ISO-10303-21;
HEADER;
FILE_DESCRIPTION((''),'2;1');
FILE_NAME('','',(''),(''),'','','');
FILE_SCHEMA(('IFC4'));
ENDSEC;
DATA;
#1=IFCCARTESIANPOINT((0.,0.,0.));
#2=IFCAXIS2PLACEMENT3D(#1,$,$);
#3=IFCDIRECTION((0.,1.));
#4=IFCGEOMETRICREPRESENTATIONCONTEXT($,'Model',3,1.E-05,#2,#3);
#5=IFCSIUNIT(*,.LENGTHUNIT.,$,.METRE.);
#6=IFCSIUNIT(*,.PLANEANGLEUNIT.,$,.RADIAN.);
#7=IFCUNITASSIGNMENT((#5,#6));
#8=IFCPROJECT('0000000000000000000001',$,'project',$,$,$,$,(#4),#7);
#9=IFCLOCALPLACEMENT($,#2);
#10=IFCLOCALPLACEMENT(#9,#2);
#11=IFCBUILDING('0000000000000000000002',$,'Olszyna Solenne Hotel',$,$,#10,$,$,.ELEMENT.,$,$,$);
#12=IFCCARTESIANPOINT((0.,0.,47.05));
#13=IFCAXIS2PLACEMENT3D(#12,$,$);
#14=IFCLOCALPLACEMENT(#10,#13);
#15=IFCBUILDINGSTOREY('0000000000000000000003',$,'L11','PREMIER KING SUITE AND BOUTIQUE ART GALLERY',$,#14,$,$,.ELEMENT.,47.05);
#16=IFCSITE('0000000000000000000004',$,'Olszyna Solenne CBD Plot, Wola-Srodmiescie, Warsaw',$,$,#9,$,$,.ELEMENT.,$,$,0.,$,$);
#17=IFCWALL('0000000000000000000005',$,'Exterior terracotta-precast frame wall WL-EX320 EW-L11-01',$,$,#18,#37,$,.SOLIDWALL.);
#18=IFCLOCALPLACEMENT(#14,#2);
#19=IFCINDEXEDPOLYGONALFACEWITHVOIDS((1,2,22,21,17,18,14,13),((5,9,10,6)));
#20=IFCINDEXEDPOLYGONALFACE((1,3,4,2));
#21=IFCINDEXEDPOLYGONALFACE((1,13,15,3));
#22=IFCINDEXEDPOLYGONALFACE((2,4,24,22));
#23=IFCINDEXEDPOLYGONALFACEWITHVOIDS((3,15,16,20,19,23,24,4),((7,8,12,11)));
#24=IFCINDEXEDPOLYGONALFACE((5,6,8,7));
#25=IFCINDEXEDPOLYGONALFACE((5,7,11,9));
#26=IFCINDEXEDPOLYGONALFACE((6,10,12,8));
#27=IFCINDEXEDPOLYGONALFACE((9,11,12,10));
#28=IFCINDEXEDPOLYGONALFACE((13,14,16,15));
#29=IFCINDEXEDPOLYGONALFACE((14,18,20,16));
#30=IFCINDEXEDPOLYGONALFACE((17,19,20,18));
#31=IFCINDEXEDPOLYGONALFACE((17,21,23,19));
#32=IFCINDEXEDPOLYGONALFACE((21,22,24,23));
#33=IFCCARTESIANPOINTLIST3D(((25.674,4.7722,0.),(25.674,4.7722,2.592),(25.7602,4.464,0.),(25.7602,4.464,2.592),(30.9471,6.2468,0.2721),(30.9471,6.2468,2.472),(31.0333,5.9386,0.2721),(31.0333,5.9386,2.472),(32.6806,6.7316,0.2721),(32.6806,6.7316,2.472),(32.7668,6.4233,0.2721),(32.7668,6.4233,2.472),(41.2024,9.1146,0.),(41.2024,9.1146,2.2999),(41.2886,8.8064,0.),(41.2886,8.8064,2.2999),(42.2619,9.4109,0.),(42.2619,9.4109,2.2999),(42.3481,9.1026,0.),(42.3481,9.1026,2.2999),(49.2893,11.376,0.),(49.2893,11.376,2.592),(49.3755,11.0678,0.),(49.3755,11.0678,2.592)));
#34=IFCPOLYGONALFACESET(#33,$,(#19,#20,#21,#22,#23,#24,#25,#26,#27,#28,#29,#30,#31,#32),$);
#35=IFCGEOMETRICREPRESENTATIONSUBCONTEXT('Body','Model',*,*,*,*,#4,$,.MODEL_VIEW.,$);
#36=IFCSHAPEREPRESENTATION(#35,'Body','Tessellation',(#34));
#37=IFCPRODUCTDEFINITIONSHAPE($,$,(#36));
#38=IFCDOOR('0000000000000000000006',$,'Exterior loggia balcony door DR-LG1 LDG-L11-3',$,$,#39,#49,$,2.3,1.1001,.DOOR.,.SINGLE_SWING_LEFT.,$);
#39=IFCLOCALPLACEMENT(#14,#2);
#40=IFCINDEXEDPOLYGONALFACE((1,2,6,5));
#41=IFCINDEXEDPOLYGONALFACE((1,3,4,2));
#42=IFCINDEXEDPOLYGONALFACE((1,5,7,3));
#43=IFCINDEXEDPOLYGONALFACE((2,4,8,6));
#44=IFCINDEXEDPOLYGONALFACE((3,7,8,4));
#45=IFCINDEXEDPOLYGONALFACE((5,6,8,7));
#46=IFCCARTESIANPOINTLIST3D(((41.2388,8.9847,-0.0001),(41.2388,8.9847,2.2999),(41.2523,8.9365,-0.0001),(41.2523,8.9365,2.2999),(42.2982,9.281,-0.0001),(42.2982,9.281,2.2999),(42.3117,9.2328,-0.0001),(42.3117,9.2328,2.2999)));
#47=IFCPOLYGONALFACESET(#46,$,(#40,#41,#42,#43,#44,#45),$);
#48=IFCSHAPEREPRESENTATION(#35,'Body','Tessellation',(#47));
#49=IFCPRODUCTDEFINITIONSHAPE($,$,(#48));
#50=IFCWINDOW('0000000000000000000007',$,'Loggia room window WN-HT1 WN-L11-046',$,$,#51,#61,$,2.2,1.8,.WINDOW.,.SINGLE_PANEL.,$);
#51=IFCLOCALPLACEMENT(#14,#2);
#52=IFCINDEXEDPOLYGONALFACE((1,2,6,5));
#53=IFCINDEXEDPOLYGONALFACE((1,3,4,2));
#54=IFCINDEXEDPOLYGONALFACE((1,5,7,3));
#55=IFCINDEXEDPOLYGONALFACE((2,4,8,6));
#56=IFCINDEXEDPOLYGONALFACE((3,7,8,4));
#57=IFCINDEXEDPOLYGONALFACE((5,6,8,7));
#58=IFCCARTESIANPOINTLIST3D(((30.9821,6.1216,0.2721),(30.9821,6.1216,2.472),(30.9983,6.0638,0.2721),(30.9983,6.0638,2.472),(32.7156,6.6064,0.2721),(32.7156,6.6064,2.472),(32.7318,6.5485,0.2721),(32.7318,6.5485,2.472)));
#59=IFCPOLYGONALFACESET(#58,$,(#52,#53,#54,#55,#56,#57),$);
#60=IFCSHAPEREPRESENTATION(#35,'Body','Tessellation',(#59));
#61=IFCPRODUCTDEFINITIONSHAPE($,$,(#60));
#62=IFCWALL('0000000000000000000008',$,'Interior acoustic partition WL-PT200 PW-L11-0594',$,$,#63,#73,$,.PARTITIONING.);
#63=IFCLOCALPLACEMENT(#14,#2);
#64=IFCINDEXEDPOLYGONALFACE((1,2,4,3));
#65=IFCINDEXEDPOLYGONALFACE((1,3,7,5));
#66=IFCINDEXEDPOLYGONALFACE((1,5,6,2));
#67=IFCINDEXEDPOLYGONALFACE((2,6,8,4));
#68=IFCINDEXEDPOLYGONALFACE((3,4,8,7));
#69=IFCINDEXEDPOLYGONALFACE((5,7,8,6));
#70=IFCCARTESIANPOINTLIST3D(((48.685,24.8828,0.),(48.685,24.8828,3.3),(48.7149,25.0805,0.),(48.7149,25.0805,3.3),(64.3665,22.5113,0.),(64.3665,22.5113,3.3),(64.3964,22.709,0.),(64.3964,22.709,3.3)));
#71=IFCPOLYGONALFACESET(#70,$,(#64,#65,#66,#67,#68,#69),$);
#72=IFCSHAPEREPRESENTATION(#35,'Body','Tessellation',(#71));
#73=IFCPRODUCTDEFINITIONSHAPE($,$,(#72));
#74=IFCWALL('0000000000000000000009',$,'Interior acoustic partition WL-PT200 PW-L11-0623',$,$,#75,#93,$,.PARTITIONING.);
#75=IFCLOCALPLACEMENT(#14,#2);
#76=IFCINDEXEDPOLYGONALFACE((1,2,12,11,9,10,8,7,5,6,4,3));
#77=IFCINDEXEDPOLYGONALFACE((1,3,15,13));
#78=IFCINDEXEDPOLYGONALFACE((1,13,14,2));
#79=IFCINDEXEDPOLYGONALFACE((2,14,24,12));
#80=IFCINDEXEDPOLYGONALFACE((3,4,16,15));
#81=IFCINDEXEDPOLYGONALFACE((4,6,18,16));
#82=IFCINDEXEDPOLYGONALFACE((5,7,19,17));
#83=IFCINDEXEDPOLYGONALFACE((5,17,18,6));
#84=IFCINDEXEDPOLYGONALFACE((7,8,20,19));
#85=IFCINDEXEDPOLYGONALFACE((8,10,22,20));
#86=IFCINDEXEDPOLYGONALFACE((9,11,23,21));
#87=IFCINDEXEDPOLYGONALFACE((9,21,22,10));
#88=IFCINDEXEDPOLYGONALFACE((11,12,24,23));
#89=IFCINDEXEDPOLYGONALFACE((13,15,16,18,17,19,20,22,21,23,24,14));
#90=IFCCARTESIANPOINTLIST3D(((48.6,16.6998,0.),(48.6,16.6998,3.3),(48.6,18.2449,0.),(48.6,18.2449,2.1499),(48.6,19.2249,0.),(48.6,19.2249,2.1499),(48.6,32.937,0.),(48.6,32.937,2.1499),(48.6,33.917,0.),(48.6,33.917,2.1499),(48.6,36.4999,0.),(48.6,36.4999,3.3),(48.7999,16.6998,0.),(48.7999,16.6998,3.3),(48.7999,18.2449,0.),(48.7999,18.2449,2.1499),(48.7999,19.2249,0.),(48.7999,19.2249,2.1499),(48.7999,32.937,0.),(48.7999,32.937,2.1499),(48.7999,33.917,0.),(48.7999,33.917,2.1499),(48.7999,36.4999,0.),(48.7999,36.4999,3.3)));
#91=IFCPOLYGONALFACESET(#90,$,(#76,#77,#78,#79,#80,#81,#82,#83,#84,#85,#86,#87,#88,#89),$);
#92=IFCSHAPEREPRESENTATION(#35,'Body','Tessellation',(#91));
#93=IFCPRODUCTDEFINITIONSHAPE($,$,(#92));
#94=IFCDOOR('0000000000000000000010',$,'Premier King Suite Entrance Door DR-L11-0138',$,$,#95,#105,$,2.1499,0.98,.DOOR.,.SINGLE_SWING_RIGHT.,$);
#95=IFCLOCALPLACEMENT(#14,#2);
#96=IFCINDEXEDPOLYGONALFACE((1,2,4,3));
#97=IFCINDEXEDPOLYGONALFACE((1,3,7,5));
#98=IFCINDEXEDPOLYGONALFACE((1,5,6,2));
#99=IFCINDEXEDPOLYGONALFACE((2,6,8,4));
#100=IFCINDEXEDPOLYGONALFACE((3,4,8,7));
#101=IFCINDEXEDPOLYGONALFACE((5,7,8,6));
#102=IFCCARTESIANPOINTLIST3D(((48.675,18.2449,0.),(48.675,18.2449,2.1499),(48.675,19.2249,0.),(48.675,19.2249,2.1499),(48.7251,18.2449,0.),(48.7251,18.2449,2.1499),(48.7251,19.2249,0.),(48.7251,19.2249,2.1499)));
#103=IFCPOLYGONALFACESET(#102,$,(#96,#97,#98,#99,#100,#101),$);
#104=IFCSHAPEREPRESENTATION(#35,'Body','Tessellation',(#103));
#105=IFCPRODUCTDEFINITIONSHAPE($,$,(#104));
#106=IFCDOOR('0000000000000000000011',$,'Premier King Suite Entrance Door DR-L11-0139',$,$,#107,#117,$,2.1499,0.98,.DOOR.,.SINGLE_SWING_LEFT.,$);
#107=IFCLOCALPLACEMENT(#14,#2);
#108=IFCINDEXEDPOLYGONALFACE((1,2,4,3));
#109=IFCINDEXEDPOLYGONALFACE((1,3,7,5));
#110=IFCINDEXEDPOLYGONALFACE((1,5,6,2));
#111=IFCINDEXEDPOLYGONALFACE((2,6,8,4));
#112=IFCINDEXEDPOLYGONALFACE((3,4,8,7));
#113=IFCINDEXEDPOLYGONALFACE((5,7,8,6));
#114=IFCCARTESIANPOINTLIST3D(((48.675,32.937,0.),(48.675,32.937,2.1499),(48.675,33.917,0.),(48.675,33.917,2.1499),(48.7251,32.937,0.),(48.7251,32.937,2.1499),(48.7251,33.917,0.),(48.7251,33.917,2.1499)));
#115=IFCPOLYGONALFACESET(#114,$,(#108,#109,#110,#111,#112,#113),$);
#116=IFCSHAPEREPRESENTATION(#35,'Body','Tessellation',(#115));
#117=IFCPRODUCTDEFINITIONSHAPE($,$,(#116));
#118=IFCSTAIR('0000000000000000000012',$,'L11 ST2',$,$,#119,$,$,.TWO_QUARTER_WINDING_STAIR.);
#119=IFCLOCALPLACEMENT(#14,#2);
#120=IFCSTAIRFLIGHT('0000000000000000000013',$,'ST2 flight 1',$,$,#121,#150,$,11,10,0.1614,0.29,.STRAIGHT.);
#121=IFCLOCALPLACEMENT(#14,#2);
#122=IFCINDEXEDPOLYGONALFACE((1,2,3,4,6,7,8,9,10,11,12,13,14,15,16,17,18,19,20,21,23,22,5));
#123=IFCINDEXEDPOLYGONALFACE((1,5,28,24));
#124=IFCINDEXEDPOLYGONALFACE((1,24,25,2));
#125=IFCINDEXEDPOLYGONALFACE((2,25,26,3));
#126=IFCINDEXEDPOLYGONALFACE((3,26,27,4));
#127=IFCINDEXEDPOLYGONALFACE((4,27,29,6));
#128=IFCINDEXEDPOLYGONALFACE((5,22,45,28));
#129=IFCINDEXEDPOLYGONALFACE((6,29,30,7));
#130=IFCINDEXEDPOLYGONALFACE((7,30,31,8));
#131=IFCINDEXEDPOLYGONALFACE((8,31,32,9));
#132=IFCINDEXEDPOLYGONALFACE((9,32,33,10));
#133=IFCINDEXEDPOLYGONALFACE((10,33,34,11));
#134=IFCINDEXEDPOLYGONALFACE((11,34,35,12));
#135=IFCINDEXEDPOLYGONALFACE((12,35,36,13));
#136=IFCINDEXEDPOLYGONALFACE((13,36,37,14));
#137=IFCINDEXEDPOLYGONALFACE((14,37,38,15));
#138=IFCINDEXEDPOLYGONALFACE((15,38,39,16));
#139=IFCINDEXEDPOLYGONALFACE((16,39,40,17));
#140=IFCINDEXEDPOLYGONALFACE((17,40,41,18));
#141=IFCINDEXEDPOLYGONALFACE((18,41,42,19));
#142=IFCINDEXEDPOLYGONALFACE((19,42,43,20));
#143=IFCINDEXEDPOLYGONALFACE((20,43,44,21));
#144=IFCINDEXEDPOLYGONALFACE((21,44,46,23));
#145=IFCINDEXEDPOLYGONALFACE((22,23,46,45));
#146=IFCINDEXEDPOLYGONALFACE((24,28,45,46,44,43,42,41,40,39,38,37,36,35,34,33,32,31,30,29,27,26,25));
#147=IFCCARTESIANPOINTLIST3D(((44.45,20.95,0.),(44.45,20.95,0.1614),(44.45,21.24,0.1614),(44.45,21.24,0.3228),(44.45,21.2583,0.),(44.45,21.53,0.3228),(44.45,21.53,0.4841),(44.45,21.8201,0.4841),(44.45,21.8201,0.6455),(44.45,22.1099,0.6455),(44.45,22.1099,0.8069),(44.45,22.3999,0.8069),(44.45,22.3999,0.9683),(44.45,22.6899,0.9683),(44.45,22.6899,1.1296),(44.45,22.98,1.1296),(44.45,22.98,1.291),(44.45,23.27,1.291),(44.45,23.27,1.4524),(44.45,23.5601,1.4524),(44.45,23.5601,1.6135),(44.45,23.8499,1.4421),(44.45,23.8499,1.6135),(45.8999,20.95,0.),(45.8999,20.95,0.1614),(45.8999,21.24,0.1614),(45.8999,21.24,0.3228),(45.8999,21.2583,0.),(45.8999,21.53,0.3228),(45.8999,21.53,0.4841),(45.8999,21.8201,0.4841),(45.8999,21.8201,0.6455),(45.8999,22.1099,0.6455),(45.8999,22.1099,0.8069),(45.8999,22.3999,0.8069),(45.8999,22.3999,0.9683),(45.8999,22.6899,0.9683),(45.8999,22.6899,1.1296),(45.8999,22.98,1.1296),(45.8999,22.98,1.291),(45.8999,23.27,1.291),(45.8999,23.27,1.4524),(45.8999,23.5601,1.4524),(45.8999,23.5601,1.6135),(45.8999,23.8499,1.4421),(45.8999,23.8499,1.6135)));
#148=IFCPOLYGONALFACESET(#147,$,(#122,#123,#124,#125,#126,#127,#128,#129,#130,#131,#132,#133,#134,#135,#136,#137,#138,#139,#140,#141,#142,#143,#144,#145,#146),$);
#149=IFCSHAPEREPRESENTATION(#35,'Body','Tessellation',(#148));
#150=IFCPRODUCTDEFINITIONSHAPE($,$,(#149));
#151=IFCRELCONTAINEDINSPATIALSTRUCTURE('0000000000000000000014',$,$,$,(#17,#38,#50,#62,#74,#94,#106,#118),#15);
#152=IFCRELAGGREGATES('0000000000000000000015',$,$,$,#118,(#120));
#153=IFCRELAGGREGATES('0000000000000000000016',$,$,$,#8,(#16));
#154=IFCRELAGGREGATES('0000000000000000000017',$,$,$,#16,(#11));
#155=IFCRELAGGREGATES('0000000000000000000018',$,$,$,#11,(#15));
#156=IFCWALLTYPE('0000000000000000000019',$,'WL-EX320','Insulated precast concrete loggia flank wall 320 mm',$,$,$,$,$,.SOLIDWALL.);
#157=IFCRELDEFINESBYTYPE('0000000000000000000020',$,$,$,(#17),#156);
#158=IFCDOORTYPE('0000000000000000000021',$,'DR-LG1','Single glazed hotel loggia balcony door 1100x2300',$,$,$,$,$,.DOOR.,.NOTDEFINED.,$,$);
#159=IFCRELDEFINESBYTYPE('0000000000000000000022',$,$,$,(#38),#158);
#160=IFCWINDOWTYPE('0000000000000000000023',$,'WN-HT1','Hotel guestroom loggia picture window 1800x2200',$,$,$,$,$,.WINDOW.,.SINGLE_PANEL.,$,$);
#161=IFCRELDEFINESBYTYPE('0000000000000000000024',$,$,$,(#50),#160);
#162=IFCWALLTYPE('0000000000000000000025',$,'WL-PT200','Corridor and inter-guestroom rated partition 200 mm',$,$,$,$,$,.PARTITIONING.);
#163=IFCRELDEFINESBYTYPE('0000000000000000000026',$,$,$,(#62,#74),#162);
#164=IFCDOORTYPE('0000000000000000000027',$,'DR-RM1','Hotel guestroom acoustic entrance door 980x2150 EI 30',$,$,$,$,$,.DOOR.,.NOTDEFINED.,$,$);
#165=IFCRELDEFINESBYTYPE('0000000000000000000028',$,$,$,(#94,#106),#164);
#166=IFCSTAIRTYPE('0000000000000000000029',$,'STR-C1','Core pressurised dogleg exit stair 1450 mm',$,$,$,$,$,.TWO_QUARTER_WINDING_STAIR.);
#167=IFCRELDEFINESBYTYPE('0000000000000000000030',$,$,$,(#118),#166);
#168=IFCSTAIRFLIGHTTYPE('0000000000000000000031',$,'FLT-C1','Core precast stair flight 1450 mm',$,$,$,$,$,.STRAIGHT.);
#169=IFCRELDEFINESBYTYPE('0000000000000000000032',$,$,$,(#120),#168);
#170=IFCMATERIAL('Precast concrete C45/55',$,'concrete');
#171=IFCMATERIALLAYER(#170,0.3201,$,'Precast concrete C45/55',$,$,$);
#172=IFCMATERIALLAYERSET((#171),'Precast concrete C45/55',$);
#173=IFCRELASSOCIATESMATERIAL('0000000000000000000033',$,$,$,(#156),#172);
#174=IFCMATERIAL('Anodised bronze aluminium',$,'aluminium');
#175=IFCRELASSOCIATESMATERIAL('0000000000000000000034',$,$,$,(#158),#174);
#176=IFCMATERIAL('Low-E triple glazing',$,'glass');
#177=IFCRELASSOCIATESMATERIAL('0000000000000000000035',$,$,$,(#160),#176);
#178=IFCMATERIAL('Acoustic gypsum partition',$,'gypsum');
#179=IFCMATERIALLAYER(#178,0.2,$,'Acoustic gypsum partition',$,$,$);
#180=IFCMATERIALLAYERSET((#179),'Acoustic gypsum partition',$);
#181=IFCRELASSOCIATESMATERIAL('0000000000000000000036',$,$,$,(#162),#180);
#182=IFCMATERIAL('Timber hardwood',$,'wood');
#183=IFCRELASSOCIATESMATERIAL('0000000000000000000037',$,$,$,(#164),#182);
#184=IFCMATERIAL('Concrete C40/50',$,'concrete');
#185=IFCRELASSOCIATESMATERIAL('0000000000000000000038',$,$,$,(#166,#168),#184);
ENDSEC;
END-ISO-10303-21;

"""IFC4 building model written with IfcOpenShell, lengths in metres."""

from ifc_helpers import new_model, si_unit, direction, frame, frame_2d, origin, place, context, subcontext, project, spatial, polyline, rectangle, outline, extrude, source, transform, mapped, material, layer, layer_set, type_object, type_shapes, element, fill, aggregate, save


model = new_model("IFC4")

# Units and contexts
model_context = context("Model", 3, precision=1e-05, world=origin(), true_north=direction((0.0, 1.0)))
body_context = subcontext(model_context, "Body", "Model", "MODEL_VIEW")
ifc_project = project(units=[si_unit("LENGTHUNIT", "METRE"), si_unit("PLANEANGLEUNIT", "RADIAN")], contexts=[model_context])

# Site, building, storey
site_placement = place(None, origin())
site = spatial("IfcSite", under=ifc_project, at=site_placement, Name="Olszyna Solenne CBD Plot, Wola-Srodmiescie, Warsaw", CompositionType="ELEMENT", RefElevation=0.0)
building_placement = place(site_placement, origin())
building = spatial("IfcBuilding", under=site, at=building_placement, Name="Olszyna Solenne Hotel", CompositionType="ELEMENT")
storey_placement = place(building_placement, frame((0.0, 0.0, 47.05)))
storey = spatial("IfcBuildingStorey", under=building, at=storey_placement, Name="L11", Description="PREMIER KING SUITE AND BOUTIQUE ART GALLERY", CompositionType="ELEMENT", Elevation=47.05)

# Wall, openings, door, window
ifc_material_1 = material(Name="Precast concrete C45/55", Category="concrete")
ifc_layer_1 = layer(ifc_material_1, 0.3201, Name="Precast concrete C45/55")
ifc_layer_set_1 = layer_set([ifc_layer_1], Name="Precast concrete C45/55")
wall_type_1 = type_object("IfcWallType", Name="WL-EX320", Description="Insulated precast concrete loggia flank wall 320 mm", PredefinedType="SOLIDWALL", material=ifc_layer_set_1)
wall_1_placement = place(storey_placement, frame((49.3325, 11.2219, 0.0), z_axis=(0.0, 0.0, 1.0), x_axis=(-0.963054, -0.269308, 0.0)))
wall_1 = element("IfcWall", 1, at=wall_1_placement, inside=storey, type_object=wall_type_1, Name="Exterior terracotta-precast frame wall WL-EX320 EW-L11-01", PredefinedType="SOLIDWALL", context=body_context, shape_type="SweptSolid", body=[
    extrude(rectangle(XDim=24.5212, YDim=0.3201, at=frame_2d((12.2607, 0.0))), origin(), (0.0, 0.0, 1.0), 2.592),
])
opening_1_placement = place(wall_1_placement, frame((7.2971, 0.0, 0.0)))
opening_1 = element("IfcOpeningElement", 2, at=opening_1_placement, cuts=wall_1, PredefinedType="OPENING", context=body_context, shape_type="SweptSolid", body=[
    extrude(rectangle(XDim=1.1001, YDim=2.3, at=frame_2d((0.55, 1.1499))), frame((0.0, 0.1699, 0.0), z_axis=(0.0, -1.0, 0.0), x_axis=(1.0, 0.0, 0.0)), (0.0, 0.0, 1.0), 0.3401),
])
opening_2_placement = place(wall_1_placement, frame((17.2461, 0.0, 0.272)))
opening_2 = element("IfcOpeningElement", 3, at=opening_2_placement, cuts=wall_1, PredefinedType="OPENING", context=body_context, shape_type="SweptSolid", body=[
    extrude(rectangle(XDim=1.8, YDim=2.2, at=frame_2d((0.8999, 1.1001))), frame((0.0, 0.1699, 0.0), z_axis=(0.0, -1.0, 0.0), x_axis=(1.0, 0.0, 0.0)), (0.0, 0.0, 1.0), 0.3401),
])
ifc_material_2 = material(Name="Anodised bronze aluminium", Category="aluminium")
door_type_1 = type_object("IfcDoorType", Name="DR-LG1", Description="Single glazed hotel loggia balcony door 1100x2300", OperationType="NOTDEFINED", PredefinedType="DOOR", material=ifc_material_2)
shared_shape_1 = source(origin(), body_context, "Body", "SweptSolid", [
    extrude(rectangle(XDim=1.1001, YDim=2.3, at=frame_2d((0.55, 1.1499))), frame((0.0, 0.0249, 0.0), z_axis=(0.0, -1.0, 0.0), x_axis=(1.0, 0.0, 0.0)), (0.0, 0.0, 1.0), 0.05),
])
type_shapes(door_type_1, [shared_shape_1])
door_1_placement = place(opening_1_placement, origin())
door_1 = element("IfcDoor", 4, at=door_1_placement, inside=storey, type_object=door_type_1, Name="Exterior loggia balcony door DR-LG1 LDG-L11-3", OperationType="SINGLE_SWING_LEFT", OverallHeight=2.3, OverallWidth=1.1001, PredefinedType="DOOR", context=body_context, shape_type="MappedRepresentation", body=[
    mapped(shared_shape_1, transform((0.0, 0.0, 0.0), x_axis=(1.0, 0.0, 0.0), y_axis=(0.0, 1.0, 0.0), z_axis=(0.0, 0.0, 1.0), scale=1.0)),
])
fill(opening_1, door_1)
ifc_material_3 = material(Name="Low-E triple glazing", Category="glass")
window_type = type_object("IfcWindowType", Name="WN-HT1", Description="Hotel guestroom loggia picture window 1800x2200", PartitioningType="SINGLE_PANEL", PredefinedType="WINDOW", material=ifc_material_3)
shared_shape_2 = source(origin(), body_context, "Body", "SweptSolid", [
    extrude(rectangle(XDim=1.8, YDim=2.2, at=frame_2d((0.8999, 1.1001))), frame((0.0, 0.03, 0.0), z_axis=(0.0, -1.0, 0.0), x_axis=(1.0, 0.0, 0.0)), (0.0, 0.0, 1.0), 0.0601),
])
type_shapes(window_type, [shared_shape_2])
window_placement = place(opening_2_placement, origin())
window = element("IfcWindow", 5, at=window_placement, inside=storey, type_object=window_type, Name="Loggia room window WN-HT1 WN-L11-046", OverallHeight=2.2, OverallWidth=1.8, PartitioningType="SINGLE_PANEL", PredefinedType="WINDOW", context=body_context, shape_type="MappedRepresentation", body=[
    mapped(shared_shape_2, transform((0.0, 0.0, 0.0), x_axis=(1.0, 0.0, 0.0), y_axis=(0.0, 1.0, 0.0), z_axis=(0.0, 0.0, 1.0), scale=1.0)),
])
fill(opening_2, window)

# Wall
ifc_material_4 = material(Name="Acoustic gypsum partition", Category="gypsum")
ifc_layer_2 = layer(ifc_material_4, 0.2, Name="Acoustic gypsum partition")
ifc_layer_set_2 = layer_set([ifc_layer_2], Name="Acoustic gypsum partition")
wall_type_2 = type_object("IfcWallType", Name="WL-PT200", Description="Corridor and inter-guestroom rated partition 200 mm", PredefinedType="PARTITIONING", material=ifc_layer_set_2)
wall_2_placement = place(storey_placement, frame((48.7, 24.9817, 0.0), z_axis=(0.0, 0.0, 1.0), x_axis=(0.988757, -0.149533, 0.0)))
element("IfcWall", 6, at=wall_2_placement, inside=storey, type_object=wall_type_2, Name="Interior acoustic partition WL-PT200 PW-L11-0594", PredefinedType="PARTITIONING", context=body_context, shape_type="SweptSolid", body=[
    extrude(rectangle(XDim=15.8599, YDim=0.2, at=frame_2d((7.9299, 0.0))), origin(), (0.0, 0.0, 1.0), 3.3),
])

# Wall, openings, doors
wall_3_placement = place(storey_placement, frame((48.7, 16.7, 0.0), z_axis=(0.0, 0.0, 1.0), x_axis=(0.0, 1.0, 0.0)))
wall_3 = element("IfcWall", 7, at=wall_3_placement, inside=storey, type_object=wall_type_2, Name="Interior acoustic partition WL-PT200 PW-L11-0623", PredefinedType="PARTITIONING", context=body_context, shape_type="SweptSolid", body=[
    extrude(rectangle(XDim=19.8, YDim=0.2, at=frame_2d((9.8999, 0.0))), origin(), (0.0, 0.0, 1.0), 3.3),
])
opening_3_placement = place(wall_3_placement, frame((1.5449, 0.0, 0.0)))
opening_3 = element("IfcOpeningElement", 8, at=opening_3_placement, cuts=wall_3, PredefinedType="OPENING", context=body_context, shape_type="SweptSolid", body=[
    extrude(rectangle(XDim=0.98, YDim=2.1499, at=frame_2d((0.49, 1.075))), frame((0.0, 0.1099, 0.0), z_axis=(0.0, -1.0, 0.0), x_axis=(1.0, 0.0, 0.0)), (0.0, 0.0, 1.0), 0.22),
])
opening_4_placement = place(wall_3_placement, frame((16.2371, 0.0, 0.0)))
opening_4 = element("IfcOpeningElement", 9, at=opening_4_placement, cuts=wall_3, PredefinedType="OPENING", context=body_context, shape_type="SweptSolid", body=[
    extrude(rectangle(XDim=0.98, YDim=2.1499, at=frame_2d((0.49, 1.075))), frame((0.0, 0.1099, 0.0), z_axis=(0.0, -1.0, 0.0), x_axis=(1.0, 0.0, 0.0)), (0.0, 0.0, 1.0), 0.22),
])
ifc_material_5 = material(Name="Timber hardwood", Category="wood")
door_type_2 = type_object("IfcDoorType", Name="DR-RM1", Description="Hotel guestroom acoustic entrance door 980x2150 EI 30", OperationType="NOTDEFINED", PredefinedType="DOOR", material=ifc_material_5)
shared_shape_3 = source(origin(), body_context, "Body", "SweptSolid", [
    extrude(rectangle(XDim=0.98, YDim=2.1499, at=frame_2d((0.49, 1.075))), frame((0.0, 0.0249, 0.0), z_axis=(0.0, -1.0, 0.0), x_axis=(1.0, 0.0, 0.0)), (0.0, 0.0, 1.0), 0.05),
])
type_shapes(door_type_2, [shared_shape_3])
door_2_placement = place(opening_3_placement, origin())
door_2 = element("IfcDoor", 10, at=door_2_placement, inside=storey, type_object=door_type_2, Name="Premier King Suite Entrance Door DR-L11-0138", OperationType="SINGLE_SWING_RIGHT", OverallHeight=2.1499, OverallWidth=0.98, PredefinedType="DOOR", context=body_context, shape_type="MappedRepresentation", body=[
    mapped(shared_shape_3, transform((0.0, 0.0, 0.0), x_axis=(1.0, 0.0, 0.0), y_axis=(0.0, 1.0, 0.0), z_axis=(0.0, 0.0, 1.0), scale=1.0)),
])
fill(opening_3, door_2)
door_3_placement = place(opening_4_placement, origin())
door_3 = element("IfcDoor", 11, at=door_3_placement, inside=storey, type_object=door_type_2, Name="Premier King Suite Entrance Door DR-L11-0139", OperationType="SINGLE_SWING_LEFT", OverallHeight=2.1499, OverallWidth=0.98, PredefinedType="DOOR", context=body_context, shape_type="MappedRepresentation", body=[
    mapped(shared_shape_3, transform((0.0, 0.0, 0.0), x_axis=(1.0, 0.0, 0.0), y_axis=(0.0, 1.0, 0.0), z_axis=(0.0, 0.0, 1.0), scale=1.0)),
])
fill(opening_4, door_3)

# Stair, stair flight
ifc_material_6 = material(Name="Concrete C40/50", Category="concrete")
stair_type = type_object("IfcStairType", Name="STR-C1", Description="Core pressurised dogleg exit stair 1450 mm", PredefinedType="TWO_QUARTER_WINDING_STAIR", material=ifc_material_6)
stair_placement = place(storey_placement, origin())
stair = element("IfcStair", 12, at=stair_placement, inside=storey, type_object=stair_type, Name="L11 ST2", PredefinedType="TWO_QUARTER_WINDING_STAIR")
stair_flight_type = type_object("IfcStairFlightType", Name="FLT-C1", Description="Core precast stair flight 1450 mm", PredefinedType="STRAIGHT", material=ifc_material_6)
stair_flight_placement = place(storey_placement, frame((45.175, 20.95, 0.0), z_axis=(0.0, 0.0, 1.0), x_axis=(0.0, 1.0, 0.0)))
stair_flight = element("IfcStairFlight", 13, at=stair_flight_placement, type_object=stair_flight_type, Name="ST2 flight 1", NumberOfRisers=11, NumberOfTreads=10, PredefinedType="STRAIGHT", RiserHeight=0.1614, TreadLength=0.29, context=body_context, shape_type="SweptSolid", body=[
    extrude(outline(polyline([(0.0, 0.0), (0.0, 0.1614), (0.29, 0.1614), (0.29, 0.3228), (0.5801, 0.3228), (0.5801, 0.4841), (0.8701, 0.4841), (0.8701, 0.6455), (1.1599, 0.6455), (1.1599, 0.8069), (1.45, 0.8069), (1.45, 0.9683), (1.74, 0.9683), (1.74, 1.1296), (2.03, 1.1296), (2.03, 1.291), (2.3201, 1.291), (2.3201, 1.4524), (2.6101, 1.4524), (2.6101, 1.6135), (2.8999, 1.6135), (2.8999, 1.7749), (2.8999, 1.4421), (0.3083, 0.0), (0.0, 0.0)])), frame((0.0, 0.7251, 0.0), z_axis=(0.0, -1.0, 0.0), x_axis=(1.0, 0.0, 0.0)), (0.0, 0.0, 1.0), 1.45),
])
aggregate(stair, [stair_flight])

save(model, "model.ifc")
